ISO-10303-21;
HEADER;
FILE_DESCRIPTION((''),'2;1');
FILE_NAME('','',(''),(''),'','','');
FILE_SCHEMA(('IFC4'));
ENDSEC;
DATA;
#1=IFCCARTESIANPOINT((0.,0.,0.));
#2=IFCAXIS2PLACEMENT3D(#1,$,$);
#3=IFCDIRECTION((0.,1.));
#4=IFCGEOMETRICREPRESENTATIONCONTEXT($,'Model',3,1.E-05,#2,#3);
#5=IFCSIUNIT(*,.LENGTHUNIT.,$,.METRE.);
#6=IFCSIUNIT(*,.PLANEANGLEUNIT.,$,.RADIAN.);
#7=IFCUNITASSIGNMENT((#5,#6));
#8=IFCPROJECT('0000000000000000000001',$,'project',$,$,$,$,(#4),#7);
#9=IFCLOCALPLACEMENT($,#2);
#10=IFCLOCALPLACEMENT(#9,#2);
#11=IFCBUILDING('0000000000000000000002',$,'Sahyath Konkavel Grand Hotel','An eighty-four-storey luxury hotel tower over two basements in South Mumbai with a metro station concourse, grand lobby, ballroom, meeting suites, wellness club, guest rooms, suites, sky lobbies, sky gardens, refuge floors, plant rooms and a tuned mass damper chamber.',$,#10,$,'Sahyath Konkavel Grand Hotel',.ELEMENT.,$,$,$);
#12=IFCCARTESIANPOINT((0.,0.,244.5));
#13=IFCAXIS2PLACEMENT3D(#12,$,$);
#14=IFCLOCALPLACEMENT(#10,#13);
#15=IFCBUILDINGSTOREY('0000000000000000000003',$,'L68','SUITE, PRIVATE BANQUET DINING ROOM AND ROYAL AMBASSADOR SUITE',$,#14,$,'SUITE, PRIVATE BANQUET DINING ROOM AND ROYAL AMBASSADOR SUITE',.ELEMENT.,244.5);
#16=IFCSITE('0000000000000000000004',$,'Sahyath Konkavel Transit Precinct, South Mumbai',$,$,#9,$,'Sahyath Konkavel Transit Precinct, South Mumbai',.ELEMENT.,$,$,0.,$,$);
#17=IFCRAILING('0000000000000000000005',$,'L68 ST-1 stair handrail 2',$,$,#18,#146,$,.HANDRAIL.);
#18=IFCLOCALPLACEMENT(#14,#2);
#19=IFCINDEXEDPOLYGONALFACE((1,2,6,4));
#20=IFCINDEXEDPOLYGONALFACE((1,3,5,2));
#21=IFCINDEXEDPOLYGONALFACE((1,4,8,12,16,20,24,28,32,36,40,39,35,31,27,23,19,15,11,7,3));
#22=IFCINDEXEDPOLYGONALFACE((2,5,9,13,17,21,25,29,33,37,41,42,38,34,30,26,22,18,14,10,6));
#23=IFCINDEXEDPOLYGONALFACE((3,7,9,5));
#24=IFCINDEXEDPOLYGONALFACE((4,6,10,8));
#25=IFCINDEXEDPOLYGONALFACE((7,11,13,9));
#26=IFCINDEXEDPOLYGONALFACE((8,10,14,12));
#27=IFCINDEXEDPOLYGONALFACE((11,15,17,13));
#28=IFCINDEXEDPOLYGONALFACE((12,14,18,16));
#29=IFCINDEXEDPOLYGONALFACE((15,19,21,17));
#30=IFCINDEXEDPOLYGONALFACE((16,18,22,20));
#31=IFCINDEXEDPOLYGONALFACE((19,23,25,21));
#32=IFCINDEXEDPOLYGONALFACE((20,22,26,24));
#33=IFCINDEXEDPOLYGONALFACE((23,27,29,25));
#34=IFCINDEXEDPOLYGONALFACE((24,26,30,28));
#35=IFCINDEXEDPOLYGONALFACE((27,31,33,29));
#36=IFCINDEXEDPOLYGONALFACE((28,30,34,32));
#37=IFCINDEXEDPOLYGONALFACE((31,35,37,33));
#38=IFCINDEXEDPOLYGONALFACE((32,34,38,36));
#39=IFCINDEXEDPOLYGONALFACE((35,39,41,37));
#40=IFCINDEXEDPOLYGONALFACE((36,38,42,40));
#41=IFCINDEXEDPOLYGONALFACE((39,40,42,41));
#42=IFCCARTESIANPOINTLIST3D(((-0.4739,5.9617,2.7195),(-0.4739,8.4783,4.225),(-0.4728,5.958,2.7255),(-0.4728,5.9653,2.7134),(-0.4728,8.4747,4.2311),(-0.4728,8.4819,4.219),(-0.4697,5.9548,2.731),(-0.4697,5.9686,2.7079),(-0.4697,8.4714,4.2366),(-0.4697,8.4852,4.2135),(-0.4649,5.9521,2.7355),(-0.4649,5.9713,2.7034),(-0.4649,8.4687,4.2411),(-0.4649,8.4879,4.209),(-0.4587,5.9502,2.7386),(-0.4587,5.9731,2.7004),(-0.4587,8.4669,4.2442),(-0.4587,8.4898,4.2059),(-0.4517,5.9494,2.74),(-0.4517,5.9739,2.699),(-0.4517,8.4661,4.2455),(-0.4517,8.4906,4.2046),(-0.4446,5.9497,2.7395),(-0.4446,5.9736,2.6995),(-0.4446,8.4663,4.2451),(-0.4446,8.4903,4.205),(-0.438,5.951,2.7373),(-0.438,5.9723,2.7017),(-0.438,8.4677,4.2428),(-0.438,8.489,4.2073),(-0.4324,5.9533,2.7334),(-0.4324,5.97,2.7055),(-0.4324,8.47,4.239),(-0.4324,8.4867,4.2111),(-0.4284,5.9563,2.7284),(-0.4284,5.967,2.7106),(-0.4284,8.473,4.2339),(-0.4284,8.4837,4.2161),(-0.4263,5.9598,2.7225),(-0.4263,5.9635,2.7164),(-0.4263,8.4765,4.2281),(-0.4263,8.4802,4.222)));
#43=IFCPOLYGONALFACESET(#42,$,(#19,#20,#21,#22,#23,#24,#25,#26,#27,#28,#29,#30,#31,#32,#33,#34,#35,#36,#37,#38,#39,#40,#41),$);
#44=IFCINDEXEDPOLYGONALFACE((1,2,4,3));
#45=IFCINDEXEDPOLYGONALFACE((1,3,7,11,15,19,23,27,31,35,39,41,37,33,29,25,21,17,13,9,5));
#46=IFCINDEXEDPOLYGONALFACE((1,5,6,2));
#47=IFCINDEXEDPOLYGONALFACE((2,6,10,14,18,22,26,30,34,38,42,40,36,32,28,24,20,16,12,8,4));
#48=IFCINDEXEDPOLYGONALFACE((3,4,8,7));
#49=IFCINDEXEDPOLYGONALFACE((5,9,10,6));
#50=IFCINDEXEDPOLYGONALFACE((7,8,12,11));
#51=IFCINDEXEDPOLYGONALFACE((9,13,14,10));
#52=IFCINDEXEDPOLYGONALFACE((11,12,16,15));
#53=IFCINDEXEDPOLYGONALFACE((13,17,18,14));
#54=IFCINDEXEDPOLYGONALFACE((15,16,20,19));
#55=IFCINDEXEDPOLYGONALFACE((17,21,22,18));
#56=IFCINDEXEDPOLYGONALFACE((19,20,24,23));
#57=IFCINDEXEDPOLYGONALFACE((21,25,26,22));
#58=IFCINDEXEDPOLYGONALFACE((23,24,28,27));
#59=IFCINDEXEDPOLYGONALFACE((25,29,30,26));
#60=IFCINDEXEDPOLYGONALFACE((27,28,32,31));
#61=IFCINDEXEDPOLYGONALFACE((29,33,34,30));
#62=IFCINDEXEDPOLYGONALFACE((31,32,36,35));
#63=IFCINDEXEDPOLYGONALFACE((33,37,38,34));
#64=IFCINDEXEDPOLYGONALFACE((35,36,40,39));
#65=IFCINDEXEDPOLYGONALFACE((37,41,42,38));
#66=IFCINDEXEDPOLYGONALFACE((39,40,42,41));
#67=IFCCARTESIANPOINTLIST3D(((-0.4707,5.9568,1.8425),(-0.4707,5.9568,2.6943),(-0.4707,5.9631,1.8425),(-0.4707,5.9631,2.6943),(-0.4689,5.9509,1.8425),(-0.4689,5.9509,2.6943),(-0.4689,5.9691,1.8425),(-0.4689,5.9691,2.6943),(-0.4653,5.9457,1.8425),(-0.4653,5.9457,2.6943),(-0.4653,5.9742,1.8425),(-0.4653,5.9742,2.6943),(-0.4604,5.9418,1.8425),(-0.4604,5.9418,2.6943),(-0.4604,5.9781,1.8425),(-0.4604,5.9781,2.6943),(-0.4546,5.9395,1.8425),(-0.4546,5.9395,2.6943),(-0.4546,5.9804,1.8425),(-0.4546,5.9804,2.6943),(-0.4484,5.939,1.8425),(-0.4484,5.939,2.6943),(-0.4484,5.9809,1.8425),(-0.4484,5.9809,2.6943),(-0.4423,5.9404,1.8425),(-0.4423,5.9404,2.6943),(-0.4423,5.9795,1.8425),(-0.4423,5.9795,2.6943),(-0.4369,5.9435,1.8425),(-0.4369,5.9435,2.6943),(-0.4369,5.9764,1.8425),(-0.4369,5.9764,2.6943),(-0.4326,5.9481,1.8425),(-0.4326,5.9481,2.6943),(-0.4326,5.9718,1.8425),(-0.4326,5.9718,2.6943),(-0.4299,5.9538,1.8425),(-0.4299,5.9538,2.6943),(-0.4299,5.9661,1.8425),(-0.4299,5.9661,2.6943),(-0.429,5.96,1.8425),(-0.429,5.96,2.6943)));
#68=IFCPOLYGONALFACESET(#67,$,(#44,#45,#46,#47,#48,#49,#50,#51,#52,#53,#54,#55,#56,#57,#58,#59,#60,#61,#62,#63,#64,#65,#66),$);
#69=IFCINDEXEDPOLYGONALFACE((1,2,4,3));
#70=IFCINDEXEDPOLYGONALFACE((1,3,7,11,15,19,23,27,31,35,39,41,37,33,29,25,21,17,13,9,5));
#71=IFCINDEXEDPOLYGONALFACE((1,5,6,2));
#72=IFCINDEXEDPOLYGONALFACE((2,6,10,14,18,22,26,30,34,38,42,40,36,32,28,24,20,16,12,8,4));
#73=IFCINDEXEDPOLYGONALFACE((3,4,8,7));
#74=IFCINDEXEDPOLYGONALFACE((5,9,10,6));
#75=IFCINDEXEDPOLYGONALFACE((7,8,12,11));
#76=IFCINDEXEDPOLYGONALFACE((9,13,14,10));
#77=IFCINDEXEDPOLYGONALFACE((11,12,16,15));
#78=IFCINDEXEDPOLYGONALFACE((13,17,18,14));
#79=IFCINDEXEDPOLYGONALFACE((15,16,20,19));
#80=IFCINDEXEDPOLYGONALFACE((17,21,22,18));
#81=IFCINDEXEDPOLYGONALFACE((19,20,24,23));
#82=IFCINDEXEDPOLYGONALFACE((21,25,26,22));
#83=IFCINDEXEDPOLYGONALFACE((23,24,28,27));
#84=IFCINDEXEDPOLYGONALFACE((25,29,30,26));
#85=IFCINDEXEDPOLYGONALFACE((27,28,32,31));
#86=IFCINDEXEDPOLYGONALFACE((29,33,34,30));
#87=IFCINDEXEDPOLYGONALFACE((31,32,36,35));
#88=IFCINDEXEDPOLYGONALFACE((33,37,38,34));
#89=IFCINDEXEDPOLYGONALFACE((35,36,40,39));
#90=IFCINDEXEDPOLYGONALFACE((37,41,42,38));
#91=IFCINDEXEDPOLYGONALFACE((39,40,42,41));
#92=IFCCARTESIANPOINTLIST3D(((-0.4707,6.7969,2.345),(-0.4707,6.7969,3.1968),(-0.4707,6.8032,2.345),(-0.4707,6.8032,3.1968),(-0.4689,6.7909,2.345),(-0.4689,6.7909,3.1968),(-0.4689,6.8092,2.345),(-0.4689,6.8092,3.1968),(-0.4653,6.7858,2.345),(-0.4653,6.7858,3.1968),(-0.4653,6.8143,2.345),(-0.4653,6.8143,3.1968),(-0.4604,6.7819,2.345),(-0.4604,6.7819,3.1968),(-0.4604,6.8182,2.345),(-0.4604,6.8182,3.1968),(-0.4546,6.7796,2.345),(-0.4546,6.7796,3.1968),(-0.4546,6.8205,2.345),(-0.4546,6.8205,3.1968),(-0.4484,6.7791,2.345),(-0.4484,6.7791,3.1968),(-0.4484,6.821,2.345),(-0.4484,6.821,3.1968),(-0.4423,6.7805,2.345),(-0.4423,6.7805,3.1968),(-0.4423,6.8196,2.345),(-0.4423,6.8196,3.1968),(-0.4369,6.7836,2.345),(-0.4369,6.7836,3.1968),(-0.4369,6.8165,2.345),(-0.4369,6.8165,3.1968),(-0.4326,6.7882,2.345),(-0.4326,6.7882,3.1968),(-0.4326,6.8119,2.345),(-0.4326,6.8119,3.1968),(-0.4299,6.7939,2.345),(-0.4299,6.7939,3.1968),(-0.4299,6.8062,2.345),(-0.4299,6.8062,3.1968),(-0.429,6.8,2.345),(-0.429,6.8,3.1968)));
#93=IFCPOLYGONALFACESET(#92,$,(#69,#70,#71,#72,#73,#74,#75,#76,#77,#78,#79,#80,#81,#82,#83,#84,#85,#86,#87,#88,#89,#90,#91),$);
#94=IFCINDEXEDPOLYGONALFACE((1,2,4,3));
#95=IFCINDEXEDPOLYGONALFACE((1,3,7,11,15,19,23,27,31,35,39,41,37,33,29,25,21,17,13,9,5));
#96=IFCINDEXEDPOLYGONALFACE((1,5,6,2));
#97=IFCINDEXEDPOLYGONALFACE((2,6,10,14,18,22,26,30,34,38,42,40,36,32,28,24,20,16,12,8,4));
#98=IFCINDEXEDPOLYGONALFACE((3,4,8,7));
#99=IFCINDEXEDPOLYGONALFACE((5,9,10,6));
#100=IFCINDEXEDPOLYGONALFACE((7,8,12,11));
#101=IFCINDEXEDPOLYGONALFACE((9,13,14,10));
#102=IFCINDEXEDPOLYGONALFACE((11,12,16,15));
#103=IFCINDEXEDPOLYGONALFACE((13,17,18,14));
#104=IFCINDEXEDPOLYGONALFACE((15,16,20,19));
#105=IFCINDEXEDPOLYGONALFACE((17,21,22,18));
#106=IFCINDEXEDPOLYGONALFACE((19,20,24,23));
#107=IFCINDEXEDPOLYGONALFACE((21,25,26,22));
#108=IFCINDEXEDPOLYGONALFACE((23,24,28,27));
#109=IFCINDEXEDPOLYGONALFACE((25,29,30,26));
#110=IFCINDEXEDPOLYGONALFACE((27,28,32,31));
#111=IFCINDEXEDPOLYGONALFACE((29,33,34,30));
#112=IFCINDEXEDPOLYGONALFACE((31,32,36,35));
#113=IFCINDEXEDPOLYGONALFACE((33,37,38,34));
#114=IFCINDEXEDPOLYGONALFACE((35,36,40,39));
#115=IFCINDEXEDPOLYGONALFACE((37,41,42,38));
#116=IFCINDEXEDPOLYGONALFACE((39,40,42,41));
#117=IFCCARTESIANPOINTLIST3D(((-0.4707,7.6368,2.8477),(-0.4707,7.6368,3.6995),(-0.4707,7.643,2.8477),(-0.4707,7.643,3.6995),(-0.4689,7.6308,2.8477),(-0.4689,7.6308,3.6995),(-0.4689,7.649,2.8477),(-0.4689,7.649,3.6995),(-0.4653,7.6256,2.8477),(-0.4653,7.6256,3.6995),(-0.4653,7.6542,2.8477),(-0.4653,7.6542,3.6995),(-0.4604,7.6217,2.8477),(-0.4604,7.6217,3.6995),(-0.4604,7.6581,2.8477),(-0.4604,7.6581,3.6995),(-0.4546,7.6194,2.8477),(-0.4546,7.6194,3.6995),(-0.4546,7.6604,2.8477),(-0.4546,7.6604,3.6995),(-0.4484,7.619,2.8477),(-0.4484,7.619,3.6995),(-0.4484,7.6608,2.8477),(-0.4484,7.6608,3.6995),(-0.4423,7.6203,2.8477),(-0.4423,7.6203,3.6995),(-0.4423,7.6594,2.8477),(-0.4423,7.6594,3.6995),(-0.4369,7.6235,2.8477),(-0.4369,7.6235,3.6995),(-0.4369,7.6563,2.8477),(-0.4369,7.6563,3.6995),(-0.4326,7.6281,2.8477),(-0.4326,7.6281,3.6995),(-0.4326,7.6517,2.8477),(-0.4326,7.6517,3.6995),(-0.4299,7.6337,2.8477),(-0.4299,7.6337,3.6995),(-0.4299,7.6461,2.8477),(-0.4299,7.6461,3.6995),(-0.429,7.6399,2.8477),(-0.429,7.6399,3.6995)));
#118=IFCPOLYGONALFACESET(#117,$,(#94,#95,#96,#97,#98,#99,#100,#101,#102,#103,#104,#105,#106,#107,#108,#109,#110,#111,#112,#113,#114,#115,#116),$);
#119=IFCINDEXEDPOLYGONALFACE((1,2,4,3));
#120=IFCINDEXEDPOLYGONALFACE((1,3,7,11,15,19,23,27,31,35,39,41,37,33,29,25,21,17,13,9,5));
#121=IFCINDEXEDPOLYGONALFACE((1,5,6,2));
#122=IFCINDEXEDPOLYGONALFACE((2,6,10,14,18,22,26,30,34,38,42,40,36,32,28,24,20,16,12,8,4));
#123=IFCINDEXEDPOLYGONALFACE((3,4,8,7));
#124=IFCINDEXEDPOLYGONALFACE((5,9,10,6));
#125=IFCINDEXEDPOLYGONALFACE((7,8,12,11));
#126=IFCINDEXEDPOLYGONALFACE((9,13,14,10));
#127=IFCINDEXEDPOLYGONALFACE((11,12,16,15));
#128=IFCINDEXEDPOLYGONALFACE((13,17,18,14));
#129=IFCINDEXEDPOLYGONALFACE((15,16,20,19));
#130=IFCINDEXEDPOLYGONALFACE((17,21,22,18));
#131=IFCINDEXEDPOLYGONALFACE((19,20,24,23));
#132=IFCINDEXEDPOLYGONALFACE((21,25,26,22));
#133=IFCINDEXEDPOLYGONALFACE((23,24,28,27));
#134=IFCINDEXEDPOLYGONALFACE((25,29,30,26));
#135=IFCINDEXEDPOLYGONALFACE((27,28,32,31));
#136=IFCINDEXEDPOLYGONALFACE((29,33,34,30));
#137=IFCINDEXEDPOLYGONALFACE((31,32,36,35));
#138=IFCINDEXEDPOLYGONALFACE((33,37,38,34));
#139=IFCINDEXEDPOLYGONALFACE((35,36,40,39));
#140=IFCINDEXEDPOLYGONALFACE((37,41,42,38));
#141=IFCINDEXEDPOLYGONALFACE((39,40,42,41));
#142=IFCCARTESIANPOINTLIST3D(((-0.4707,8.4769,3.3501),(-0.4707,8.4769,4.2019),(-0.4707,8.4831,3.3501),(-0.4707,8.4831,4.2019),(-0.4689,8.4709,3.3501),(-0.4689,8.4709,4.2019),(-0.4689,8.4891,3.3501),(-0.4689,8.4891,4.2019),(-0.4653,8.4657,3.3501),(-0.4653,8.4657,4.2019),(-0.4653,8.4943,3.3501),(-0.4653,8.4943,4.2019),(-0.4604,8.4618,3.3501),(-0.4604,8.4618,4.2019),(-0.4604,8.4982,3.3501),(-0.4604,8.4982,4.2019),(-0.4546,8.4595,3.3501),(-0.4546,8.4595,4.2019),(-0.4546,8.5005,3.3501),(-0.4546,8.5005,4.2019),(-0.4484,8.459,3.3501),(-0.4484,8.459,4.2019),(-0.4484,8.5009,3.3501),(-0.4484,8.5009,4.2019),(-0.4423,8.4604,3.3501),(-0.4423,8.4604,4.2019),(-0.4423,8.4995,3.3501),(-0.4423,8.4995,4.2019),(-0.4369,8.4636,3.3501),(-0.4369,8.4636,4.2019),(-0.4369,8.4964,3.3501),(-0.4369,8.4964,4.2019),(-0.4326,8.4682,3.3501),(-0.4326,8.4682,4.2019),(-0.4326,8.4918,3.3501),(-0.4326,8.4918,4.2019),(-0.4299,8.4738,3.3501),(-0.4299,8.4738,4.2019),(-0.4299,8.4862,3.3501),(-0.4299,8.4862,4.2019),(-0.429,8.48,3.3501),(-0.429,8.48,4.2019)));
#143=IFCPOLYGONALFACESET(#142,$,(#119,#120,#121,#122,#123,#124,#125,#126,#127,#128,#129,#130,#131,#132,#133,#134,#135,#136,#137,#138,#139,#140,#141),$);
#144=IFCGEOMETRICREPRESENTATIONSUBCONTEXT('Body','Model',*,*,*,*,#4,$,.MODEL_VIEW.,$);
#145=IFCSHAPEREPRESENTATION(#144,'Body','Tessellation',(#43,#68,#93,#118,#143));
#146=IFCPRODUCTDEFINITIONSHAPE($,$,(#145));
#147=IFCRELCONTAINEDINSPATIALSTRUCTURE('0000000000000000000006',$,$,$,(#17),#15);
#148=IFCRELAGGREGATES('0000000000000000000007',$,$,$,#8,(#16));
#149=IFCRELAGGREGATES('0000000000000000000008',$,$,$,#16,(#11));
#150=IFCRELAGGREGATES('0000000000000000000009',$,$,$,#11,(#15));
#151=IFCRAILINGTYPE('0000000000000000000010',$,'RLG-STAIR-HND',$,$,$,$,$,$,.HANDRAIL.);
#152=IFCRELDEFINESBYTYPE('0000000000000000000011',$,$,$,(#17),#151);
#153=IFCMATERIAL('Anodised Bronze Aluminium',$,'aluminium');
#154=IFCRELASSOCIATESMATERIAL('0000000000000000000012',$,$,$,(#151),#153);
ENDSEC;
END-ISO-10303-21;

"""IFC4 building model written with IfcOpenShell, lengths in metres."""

from ifc_helpers import new_model, si_unit, direction, frame, origin, origin_2d, place, context, subcontext, project, spatial, circle, extrude, material, type_object, element, save


model = new_model("IFC4")

# Units and contexts
model_context = context("Model", 3, precision=1e-05, world=origin(), true_north=direction((0.0, 1.0)))
body_context = subcontext(model_context, "Body", "Model", "MODEL_VIEW")
ifc_project = project(units=[si_unit("LENGTHUNIT", "METRE"), si_unit("PLANEANGLEUNIT", "RADIAN")], contexts=[model_context])

# Site, building, storey
site_placement = place(None, origin())
site = spatial("IfcSite", under=ifc_project, at=site_placement, Name="Sahyath Konkavel Transit Precinct, South Mumbai", LongName="Sahyath Konkavel Transit Precinct, South Mumbai", CompositionType="ELEMENT", RefElevation=0.0)
building_placement = place(site_placement, origin())
building = spatial("IfcBuilding", under=site, at=building_placement, Name="Sahyath Konkavel Grand Hotel", Description="An eighty-four-storey luxury hotel tower over two basements in South Mumbai with a metro station concourse, grand lobby, ballroom, meeting suites, wellness club, guest rooms, suites, sky lobbies, sky gardens, refuge floors, plant rooms and a tuned mass damper chamber.", LongName="Sahyath Konkavel Grand Hotel", CompositionType="ELEMENT")
storey_placement = place(building_placement, frame((0.0, 0.0, 244.5)))
storey = spatial("IfcBuildingStorey", under=building, at=storey_placement, Name="L68", Description="SUITE, PRIVATE BANQUET DINING ROOM AND ROYAL AMBASSADOR SUITE", LongName="SUITE, PRIVATE BANQUET DINING ROOM AND ROYAL AMBASSADOR SUITE", CompositionType="ELEMENT", Elevation=244.5)

# Shared definitions
ifc_material_1 = material(Name="Anodised Bronze Aluminium", Category="aluminium")

# Railing
railing_type_1 = type_object("IfcRailingType", Name="RLG-STAIR-HND", PredefinedType="HANDRAIL", material=ifc_material_1)
railing_1_placement = place(storey_placement, frame((-0.45, 5.96, 1.8425)))
element("IfcRailing", 1, at=railing_1_placement, inside=storey, type_object=railing_type_1, Name="L68 ST-1 stair handrail 2", PredefinedType="HANDRAIL", context=body_context, shape_type="SweptSolid", body=[
    extrude(circle(Radius=0.0239, at=origin_2d()), frame((0.0, 0.0017, 0.877), z_axis=(0.0, 0.85816, 0.513383), x_axis=(-1.0, 0.0, 0.0)), (0.0, 0.0, 1.0), 2.9326),
    extrude(circle(Radius=0.021, at=origin_2d()), origin(), (0.0, 0.0, 1.0), 0.8518),
    extrude(circle(Radius=0.021, at=origin_2d()), frame((0.0, 0.8401, 0.5024)), (0.0, 0.0, 1.0), 0.8518),
    extrude(circle(Radius=0.021, at=origin_2d()), frame((0.0, 1.6799, 1.0051)), (0.0, 0.0, 1.0), 0.8518),
    extrude(circle(Radius=0.021, at=origin_2d()), frame((0.0, 2.52, 1.5076)), (0.0, 0.0, 1.0), 0.8518),
])

save(model, "model.ifc")
